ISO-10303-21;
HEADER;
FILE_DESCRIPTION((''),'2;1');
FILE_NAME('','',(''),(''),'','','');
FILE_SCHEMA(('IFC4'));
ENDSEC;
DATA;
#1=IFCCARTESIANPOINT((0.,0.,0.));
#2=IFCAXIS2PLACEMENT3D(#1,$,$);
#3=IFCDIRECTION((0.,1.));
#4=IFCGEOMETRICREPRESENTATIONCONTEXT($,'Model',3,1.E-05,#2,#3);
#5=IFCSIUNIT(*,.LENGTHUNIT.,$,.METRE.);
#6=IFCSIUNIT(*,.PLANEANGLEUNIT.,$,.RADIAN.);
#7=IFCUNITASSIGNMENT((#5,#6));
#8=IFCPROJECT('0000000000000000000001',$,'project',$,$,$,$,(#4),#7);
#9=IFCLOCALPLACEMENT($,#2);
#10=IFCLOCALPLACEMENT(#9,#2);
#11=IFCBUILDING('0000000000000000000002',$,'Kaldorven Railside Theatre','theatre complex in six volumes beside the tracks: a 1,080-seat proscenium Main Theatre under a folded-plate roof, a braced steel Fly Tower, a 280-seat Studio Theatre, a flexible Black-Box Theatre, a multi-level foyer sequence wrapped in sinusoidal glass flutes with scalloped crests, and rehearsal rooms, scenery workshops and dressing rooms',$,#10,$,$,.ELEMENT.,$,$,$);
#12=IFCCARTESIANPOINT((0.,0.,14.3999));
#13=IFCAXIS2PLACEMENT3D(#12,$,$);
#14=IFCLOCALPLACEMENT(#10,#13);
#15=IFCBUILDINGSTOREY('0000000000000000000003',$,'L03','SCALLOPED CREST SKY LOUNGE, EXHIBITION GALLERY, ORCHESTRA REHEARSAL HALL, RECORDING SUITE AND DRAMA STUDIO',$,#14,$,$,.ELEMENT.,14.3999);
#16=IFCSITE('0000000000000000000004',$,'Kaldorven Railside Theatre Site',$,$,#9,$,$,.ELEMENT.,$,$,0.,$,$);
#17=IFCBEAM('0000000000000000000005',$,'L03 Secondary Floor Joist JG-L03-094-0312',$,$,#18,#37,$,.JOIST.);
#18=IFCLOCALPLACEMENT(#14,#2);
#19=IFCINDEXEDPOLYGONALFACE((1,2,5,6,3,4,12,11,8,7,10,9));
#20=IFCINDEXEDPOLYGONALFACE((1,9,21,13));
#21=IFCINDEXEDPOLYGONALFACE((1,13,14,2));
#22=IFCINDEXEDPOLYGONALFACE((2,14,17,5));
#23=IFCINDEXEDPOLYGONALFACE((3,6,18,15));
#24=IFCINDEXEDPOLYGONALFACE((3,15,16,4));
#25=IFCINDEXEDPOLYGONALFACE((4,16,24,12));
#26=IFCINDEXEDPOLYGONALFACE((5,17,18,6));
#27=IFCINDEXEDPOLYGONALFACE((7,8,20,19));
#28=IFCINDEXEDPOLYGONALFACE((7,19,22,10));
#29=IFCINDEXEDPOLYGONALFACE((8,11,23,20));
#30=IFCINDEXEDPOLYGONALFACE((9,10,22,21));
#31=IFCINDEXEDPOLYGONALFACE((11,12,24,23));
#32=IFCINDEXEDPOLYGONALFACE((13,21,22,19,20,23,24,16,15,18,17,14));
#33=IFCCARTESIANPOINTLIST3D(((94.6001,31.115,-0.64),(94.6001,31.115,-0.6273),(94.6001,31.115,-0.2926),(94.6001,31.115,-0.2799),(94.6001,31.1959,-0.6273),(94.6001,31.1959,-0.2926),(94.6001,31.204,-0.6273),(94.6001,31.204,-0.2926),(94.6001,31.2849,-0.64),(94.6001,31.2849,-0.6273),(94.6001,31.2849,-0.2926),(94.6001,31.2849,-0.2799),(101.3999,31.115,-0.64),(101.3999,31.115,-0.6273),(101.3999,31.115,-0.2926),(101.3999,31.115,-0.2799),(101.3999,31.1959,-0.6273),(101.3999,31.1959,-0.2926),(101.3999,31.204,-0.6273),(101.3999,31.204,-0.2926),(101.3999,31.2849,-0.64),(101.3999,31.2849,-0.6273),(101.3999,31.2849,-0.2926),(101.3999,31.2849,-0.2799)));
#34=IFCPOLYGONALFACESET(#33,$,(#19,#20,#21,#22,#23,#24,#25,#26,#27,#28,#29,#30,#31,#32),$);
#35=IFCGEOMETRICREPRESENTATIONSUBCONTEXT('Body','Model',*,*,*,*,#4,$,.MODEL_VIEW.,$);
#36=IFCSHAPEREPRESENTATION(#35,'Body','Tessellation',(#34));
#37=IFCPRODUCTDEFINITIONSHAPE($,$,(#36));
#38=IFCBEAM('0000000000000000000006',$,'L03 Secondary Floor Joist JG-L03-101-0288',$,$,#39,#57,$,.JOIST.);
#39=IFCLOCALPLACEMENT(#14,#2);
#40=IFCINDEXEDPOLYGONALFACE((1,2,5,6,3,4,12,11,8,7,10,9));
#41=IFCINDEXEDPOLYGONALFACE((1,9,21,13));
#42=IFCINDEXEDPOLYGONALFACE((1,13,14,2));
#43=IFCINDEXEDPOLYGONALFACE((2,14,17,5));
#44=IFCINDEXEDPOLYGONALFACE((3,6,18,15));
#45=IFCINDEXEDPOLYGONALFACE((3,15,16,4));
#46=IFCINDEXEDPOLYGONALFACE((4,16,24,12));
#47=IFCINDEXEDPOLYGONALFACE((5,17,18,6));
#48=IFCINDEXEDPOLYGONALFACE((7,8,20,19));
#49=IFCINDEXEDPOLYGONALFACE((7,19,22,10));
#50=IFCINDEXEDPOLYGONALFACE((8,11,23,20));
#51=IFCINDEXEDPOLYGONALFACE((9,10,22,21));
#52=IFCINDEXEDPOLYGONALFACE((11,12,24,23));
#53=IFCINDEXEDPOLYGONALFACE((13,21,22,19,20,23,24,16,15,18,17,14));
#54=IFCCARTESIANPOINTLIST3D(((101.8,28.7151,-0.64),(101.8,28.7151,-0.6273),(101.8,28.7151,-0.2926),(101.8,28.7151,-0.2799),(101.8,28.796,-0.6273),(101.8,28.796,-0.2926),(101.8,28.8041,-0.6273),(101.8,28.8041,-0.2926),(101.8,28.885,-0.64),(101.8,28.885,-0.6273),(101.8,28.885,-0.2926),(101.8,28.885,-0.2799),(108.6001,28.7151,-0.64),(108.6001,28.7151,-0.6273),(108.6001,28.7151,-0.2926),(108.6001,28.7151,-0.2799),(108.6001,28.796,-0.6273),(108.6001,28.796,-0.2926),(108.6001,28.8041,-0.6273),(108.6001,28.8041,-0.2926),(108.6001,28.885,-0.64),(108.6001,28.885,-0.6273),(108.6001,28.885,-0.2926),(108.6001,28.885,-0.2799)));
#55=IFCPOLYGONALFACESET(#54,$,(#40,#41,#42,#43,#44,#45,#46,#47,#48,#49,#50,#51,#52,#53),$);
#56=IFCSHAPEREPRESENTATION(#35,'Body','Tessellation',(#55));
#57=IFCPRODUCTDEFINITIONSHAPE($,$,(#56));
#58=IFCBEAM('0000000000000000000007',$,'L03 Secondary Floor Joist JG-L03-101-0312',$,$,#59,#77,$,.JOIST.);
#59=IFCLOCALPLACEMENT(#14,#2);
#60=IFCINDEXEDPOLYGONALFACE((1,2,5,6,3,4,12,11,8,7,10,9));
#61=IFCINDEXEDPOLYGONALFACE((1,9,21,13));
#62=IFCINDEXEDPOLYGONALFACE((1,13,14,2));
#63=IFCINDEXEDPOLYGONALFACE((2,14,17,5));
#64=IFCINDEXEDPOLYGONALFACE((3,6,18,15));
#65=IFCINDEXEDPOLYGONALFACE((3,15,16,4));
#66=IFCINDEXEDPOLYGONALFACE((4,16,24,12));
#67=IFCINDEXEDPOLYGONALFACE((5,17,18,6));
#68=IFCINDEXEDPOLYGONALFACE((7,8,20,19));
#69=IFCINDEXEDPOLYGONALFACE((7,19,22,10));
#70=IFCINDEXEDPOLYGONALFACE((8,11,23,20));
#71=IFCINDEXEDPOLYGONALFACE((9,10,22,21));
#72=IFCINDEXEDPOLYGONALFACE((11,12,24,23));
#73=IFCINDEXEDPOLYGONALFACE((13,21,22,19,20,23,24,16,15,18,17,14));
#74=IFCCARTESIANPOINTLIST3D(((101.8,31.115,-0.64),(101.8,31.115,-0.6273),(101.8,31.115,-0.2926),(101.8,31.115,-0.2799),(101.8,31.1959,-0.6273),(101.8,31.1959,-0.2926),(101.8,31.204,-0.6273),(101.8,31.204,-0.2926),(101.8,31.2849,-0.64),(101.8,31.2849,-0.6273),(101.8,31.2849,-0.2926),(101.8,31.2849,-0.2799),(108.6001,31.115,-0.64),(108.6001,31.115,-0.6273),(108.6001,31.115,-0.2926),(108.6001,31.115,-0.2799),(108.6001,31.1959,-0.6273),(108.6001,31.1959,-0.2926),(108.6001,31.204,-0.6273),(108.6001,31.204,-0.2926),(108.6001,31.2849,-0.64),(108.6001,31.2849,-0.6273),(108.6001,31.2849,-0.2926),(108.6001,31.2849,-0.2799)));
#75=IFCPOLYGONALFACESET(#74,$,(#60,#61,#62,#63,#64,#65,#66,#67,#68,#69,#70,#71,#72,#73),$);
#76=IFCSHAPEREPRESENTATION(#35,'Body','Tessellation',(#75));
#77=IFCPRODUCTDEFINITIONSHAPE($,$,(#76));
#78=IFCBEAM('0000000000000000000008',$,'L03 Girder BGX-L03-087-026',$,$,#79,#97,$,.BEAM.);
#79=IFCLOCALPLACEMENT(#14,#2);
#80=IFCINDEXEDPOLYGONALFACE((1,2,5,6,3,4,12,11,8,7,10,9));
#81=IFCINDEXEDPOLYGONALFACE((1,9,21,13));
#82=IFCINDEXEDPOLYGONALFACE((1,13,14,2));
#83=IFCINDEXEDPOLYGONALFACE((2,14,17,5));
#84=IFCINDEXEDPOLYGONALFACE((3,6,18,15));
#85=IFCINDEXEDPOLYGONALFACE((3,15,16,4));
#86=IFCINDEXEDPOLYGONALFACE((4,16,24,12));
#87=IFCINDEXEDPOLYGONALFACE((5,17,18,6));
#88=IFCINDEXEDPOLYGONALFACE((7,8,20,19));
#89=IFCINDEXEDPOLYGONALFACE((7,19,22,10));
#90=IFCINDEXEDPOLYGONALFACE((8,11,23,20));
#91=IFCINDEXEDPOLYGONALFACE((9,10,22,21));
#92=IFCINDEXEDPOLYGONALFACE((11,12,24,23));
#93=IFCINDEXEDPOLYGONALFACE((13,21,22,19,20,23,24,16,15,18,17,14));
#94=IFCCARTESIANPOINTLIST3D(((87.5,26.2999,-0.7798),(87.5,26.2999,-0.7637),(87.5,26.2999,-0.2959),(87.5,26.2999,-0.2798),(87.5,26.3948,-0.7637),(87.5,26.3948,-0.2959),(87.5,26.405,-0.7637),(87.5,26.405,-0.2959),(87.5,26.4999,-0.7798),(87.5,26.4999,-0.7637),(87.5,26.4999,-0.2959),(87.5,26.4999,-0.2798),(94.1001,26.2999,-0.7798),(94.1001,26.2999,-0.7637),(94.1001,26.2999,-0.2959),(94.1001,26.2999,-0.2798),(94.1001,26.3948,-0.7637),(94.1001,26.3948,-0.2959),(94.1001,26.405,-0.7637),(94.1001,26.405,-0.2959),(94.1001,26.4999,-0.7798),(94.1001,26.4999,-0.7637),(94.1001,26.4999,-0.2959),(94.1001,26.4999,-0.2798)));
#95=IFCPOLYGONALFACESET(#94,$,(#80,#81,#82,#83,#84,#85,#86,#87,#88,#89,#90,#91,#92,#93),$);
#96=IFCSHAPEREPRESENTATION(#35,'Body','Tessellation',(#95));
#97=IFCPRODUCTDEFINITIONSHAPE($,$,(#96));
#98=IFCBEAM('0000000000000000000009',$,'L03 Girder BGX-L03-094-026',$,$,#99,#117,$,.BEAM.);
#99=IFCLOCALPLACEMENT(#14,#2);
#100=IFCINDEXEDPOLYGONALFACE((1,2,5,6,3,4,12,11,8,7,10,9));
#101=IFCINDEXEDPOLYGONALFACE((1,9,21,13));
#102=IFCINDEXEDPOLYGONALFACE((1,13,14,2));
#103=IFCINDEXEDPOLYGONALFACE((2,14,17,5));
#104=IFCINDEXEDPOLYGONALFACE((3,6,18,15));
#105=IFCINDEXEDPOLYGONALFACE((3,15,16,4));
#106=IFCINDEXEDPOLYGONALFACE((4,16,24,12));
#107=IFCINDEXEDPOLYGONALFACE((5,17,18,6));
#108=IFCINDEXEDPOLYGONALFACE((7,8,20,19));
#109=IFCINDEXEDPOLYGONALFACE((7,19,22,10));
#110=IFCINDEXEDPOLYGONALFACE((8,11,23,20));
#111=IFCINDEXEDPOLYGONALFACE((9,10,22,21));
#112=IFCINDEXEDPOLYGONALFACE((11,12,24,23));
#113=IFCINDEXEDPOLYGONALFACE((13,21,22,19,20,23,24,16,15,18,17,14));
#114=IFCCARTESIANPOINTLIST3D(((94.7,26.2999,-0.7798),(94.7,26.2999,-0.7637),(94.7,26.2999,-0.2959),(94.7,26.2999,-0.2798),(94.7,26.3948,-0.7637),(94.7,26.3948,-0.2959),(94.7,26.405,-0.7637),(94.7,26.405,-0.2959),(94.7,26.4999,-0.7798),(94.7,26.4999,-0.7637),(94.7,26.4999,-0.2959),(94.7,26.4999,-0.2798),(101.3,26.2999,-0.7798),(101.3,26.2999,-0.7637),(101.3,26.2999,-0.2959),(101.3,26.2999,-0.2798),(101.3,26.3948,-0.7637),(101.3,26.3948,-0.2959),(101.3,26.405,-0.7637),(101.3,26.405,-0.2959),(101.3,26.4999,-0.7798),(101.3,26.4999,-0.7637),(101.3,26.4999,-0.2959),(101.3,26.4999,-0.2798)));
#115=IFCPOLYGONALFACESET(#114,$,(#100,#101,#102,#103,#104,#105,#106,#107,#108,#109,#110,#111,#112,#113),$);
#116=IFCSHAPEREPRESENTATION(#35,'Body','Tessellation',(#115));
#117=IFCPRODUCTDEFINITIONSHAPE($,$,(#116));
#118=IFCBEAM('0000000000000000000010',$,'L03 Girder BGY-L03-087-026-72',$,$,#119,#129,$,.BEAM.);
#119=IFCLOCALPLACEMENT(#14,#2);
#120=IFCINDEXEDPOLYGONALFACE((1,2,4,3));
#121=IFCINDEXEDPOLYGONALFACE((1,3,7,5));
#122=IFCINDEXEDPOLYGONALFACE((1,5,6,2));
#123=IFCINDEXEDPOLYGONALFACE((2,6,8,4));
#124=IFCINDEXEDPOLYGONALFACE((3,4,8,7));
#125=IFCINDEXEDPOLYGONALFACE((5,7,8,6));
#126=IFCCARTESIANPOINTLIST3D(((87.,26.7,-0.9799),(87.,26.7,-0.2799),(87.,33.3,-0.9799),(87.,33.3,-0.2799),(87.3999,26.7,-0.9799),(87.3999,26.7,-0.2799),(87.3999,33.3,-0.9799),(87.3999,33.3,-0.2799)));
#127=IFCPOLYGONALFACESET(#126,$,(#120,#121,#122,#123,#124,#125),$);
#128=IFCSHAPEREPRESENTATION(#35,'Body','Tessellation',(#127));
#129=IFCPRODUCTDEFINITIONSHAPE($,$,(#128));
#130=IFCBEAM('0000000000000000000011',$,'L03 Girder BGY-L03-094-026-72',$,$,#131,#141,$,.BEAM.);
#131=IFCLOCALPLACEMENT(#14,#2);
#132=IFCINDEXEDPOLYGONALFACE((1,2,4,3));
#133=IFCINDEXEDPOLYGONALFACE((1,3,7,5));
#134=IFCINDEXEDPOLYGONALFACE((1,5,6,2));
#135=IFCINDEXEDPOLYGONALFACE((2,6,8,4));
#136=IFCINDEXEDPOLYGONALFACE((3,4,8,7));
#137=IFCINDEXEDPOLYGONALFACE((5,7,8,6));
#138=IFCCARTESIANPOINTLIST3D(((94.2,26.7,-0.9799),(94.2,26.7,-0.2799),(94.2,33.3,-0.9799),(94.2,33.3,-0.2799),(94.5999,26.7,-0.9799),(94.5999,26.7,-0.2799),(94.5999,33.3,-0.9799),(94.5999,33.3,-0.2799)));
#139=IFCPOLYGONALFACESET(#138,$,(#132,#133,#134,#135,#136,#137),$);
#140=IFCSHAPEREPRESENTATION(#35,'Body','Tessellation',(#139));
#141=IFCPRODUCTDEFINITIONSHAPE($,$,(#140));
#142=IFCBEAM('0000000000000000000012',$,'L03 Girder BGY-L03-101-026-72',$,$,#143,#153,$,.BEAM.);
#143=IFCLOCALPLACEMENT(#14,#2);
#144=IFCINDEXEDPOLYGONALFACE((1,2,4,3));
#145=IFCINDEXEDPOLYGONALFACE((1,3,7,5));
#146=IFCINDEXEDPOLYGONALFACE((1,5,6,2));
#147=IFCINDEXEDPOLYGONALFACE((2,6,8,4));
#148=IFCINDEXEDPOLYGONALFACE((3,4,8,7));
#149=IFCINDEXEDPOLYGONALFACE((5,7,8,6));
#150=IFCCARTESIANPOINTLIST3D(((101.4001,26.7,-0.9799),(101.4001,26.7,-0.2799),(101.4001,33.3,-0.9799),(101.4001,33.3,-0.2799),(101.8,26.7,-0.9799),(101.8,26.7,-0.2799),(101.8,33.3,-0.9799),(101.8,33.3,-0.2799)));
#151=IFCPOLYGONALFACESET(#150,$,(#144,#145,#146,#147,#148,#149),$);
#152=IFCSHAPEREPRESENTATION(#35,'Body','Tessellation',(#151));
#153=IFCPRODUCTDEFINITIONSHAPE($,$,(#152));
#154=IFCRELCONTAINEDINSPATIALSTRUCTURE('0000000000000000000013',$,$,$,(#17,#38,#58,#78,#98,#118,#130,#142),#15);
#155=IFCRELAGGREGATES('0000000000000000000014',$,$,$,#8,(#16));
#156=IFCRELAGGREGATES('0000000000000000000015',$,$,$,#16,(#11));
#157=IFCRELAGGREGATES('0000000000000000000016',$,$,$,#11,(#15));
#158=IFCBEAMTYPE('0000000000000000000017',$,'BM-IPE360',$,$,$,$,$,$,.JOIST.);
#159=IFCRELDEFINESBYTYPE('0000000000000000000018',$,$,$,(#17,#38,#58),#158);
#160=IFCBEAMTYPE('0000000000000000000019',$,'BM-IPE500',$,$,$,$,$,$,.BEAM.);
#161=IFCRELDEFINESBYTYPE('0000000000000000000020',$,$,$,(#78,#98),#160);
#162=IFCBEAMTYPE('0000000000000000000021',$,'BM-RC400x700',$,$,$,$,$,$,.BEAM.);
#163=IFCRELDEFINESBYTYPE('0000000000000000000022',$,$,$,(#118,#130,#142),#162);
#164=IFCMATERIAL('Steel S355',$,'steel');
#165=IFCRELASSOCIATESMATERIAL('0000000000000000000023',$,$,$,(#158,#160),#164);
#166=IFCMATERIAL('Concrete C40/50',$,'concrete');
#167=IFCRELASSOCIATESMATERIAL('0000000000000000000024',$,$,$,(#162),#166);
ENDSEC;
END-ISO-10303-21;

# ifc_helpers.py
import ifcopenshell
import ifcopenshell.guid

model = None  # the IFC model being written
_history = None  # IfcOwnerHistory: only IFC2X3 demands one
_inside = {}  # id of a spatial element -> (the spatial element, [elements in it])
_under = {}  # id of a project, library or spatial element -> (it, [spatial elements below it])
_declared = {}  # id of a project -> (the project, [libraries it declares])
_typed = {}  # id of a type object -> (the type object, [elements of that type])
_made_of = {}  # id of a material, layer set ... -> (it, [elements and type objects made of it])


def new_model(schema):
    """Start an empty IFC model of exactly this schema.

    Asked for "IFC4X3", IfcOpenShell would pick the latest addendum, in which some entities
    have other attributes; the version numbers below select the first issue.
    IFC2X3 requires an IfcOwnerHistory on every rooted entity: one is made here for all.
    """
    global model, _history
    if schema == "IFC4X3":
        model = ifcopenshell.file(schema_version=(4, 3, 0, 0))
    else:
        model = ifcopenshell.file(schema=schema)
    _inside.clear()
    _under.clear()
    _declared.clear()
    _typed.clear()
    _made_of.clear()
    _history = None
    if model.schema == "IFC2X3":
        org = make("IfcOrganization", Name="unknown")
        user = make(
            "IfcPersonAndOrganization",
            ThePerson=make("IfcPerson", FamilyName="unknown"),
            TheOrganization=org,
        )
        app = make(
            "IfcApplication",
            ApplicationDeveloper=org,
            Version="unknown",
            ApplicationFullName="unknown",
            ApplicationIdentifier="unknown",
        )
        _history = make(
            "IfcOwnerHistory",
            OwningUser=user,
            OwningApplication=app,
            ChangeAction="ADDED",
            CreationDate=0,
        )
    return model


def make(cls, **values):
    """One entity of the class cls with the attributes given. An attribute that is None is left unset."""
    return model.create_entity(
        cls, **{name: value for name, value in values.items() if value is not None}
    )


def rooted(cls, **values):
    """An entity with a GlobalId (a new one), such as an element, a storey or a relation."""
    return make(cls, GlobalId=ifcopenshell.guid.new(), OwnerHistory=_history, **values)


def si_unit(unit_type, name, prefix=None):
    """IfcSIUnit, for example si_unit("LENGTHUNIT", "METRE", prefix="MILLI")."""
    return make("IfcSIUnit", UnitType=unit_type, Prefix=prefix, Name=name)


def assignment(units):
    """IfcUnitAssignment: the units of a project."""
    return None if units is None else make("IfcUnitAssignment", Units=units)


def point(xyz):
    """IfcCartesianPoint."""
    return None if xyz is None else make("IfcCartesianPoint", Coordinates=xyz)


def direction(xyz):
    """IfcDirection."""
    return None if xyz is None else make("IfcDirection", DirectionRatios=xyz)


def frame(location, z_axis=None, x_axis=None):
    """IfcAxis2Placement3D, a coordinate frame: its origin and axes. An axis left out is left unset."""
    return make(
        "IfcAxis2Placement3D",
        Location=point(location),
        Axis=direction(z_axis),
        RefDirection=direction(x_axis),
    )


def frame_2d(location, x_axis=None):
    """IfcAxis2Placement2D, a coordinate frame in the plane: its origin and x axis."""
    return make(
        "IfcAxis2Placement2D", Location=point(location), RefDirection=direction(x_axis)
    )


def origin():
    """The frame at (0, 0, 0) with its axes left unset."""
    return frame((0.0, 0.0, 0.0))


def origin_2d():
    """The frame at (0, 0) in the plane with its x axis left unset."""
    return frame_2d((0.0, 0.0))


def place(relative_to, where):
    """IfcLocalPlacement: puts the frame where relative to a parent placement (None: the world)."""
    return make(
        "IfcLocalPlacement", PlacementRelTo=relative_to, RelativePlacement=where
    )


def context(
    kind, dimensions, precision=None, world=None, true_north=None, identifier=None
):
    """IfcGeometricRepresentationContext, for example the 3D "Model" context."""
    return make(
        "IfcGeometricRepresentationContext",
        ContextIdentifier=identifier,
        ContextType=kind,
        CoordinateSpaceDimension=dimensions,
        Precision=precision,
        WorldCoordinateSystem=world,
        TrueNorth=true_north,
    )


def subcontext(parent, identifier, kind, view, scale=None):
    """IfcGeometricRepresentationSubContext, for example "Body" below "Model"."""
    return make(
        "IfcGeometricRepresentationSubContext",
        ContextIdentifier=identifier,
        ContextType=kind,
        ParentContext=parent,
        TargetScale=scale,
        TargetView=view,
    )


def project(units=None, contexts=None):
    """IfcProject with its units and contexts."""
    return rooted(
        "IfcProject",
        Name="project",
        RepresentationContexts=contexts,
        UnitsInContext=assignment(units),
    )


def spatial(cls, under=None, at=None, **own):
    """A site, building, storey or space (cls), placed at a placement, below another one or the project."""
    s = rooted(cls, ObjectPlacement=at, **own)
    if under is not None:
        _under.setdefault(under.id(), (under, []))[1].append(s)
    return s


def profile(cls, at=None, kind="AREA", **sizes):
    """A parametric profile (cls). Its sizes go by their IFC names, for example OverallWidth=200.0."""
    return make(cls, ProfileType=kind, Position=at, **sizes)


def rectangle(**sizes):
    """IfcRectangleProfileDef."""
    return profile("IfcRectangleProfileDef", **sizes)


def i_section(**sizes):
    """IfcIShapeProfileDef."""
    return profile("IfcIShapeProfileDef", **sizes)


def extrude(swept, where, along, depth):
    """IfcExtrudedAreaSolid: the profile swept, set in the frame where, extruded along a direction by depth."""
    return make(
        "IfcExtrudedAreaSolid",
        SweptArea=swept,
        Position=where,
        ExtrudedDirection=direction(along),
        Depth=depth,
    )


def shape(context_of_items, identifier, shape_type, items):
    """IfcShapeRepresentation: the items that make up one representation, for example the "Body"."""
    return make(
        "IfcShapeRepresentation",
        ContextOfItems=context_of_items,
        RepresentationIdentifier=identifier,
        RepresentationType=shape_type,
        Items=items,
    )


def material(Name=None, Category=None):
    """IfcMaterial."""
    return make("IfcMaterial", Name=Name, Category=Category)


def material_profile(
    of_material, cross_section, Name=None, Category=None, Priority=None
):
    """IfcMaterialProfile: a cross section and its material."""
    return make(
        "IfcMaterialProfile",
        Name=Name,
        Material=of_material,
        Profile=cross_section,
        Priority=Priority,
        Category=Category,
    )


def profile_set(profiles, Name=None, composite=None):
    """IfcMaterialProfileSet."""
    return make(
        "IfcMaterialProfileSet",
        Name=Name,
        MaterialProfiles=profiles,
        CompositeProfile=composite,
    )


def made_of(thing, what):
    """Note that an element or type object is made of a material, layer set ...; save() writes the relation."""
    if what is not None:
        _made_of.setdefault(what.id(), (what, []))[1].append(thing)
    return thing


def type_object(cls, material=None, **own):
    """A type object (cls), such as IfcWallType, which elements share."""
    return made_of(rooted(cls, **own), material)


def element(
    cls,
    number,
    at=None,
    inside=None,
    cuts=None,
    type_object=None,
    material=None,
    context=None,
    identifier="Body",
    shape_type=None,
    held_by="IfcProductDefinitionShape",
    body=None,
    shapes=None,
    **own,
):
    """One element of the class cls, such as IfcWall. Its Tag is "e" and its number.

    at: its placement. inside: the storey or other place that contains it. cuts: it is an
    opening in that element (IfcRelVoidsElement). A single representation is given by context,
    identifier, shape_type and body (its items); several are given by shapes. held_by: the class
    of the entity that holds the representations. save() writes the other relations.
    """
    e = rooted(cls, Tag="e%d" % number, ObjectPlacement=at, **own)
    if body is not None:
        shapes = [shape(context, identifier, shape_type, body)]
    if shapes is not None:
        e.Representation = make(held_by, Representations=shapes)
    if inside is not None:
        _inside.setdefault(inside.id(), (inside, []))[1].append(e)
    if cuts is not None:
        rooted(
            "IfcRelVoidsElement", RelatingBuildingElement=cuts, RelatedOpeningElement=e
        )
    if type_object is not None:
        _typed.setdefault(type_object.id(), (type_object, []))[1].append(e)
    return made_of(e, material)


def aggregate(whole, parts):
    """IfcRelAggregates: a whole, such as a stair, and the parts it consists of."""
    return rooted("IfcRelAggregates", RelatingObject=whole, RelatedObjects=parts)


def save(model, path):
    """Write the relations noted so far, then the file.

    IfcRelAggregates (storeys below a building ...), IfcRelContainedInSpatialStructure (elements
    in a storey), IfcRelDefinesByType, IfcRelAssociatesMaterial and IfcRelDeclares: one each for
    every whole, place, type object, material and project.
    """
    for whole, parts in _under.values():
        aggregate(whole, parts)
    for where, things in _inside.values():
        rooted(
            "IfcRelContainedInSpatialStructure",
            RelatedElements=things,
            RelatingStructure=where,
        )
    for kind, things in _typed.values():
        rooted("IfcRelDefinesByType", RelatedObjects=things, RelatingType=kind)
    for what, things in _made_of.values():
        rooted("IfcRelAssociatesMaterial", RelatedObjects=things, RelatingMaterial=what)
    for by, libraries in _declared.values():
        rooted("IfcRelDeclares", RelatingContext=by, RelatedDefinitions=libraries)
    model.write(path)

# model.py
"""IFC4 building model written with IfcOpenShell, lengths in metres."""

from ifc_helpers import new_model, si_unit, direction, frame, origin, origin_2d, place, context, subcontext, project, spatial, rectangle, i_section, extrude, material, material_profile, profile_set, type_object, element, save


model = new_model("IFC4")

# Units and contexts
model_context = context("Model", 3, precision=1e-05, world=origin(), true_north=direction((0.0, 1.0)))
body_context = subcontext(model_context, "Body", "Model", "MODEL_VIEW")
ifc_project = project(units=[si_unit("LENGTHUNIT", "METRE"), si_unit("PLANEANGLEUNIT", "RADIAN")], contexts=[model_context])

# Site, building, storey
site_placement = place(None, origin())
site = spatial("IfcSite", under=ifc_project, at=site_placement, Name="Kaldorven Railside Theatre Site", CompositionType="ELEMENT", RefElevation=0.0)
building_placement = place(site_placement, origin())
building = spatial("IfcBuilding", under=site, at=building_placement, Name="Kaldorven Railside Theatre", Description="theatre complex in six volumes beside the tracks: a 1,080-seat proscenium Main Theatre under a folded-plate roof, a braced steel Fly Tower, a 280-seat Studio Theatre, a flexible Black-Box Theatre, a multi-level foyer sequence wrapped in sinusoidal glass flutes with scalloped crests, and rehearsal rooms, scenery workshops and dressing rooms", CompositionType="ELEMENT")
storey_placement = place(building_placement, frame((0.0, 0.0, 14.3999)))
storey = spatial("IfcBuildingStorey", under=building, at=storey_placement, Name="L03", Description="SCALLOPED CREST SKY LOUNGE, EXHIBITION GALLERY, ORCHESTRA REHEARSAL HALL, RECORDING SUITE AND DRAMA STUDIO", CompositionType="ELEMENT", Elevation=14.3999)

# Shared definitions
ifc_material_1 = material(Name="Concrete C40/50", Category="concrete")

# Beams
ifc_material_2 = material(Name="Steel S355", Category="steel")
ifc_material_profile_1 = material_profile(ifc_material_2, i_section(OverallWidth=0.1699, OverallDepth=0.3601, WebThickness=0.0081, FlangeThickness=0.0127, at=origin_2d()), Name="IPE 360")
ifc_profile_set_1 = profile_set([ifc_material_profile_1], Name="Steel S355")
beam_type_1 = type_object("IfcBeamType", Name="BM-IPE360", PredefinedType="JOIST", material=ifc_profile_set_1)
for number, where, z_axis, x_axis, name in (
    (1, (94.6001, 31.2, -0.46), (1.0, 0.0, 0.0), (0.0, 1.0, 0.0), "L03 Secondary Floor Joist JG-L03-094-0312"),
):
    element("IfcBeam", number, at=place(storey_placement, frame(where, z_axis=z_axis, x_axis=x_axis)), inside=storey, type_object=beam_type_1, Name=name, PredefinedType="JOIST", context=body_context, shape_type="SweptSolid", body=[
        extrude(i_section(OverallWidth=0.1699, OverallDepth=0.3601, WebThickness=0.0081, FlangeThickness=0.0127, at=origin_2d()), origin(), (0.0, 0.0, 1.0), 6.7998),
    ])
for number, where, z_axis, x_axis, name in (
    (2, (101.8, 28.8, -0.46), (1.0, 0.0, 0.0), (0.0, 1.0, 0.0), "L03 Secondary Floor Joist JG-L03-101-0288"),
    (3, (101.8, 31.2, -0.46), (1.0, 0.0, 0.0), (0.0, 1.0, 0.0), "L03 Secondary Floor Joist JG-L03-101-0312"),
):
    element("IfcBeam", number, at=place(storey_placement, frame(where, z_axis=z_axis, x_axis=x_axis)), inside=storey, type_object=beam_type_1, Name=name, PredefinedType="JOIST", context=body_context, shape_type="SweptSolid", body=[
        extrude(i_section(OverallWidth=0.1699, OverallDepth=0.3601, WebThickness=0.0081, FlangeThickness=0.0127, at=origin_2d()), origin(), (0.0, 0.0, 1.0), 6.8),
    ])
ifc_material_profile_2 = material_profile(ifc_material_2, i_section(OverallWidth=0.2, OverallDepth=0.5, WebThickness=0.0103, FlangeThickness=0.0161, at=origin_2d()), Name="IPE 500")
ifc_profile_set_2 = profile_set([ifc_material_profile_2], Name="Steel S355")
beam_type_2 = type_object("IfcBeamType", Name="BM-IPE500", PredefinedType="BEAM", material=ifc_profile_set_2)
for number, where, z_axis, x_axis, name in (
    (4, (87.5, 26.3999, -0.5298), (1.0, 0.0, 0.0), (0.0, 1.0, 0.0), "L03 Girder BGX-L03-087-026"),
    (5, (94.7, 26.3999, -0.5298), (1.0, 0.0, 0.0), (0.0, 1.0, 0.0), "L03 Girder BGX-L03-094-026"),
):
    element("IfcBeam", number, at=place(storey_placement, frame(where, z_axis=z_axis, x_axis=x_axis)), inside=storey, type_object=beam_type_2, Name=name, PredefinedType="BEAM", context=body_context, shape_type="SweptSolid", body=[
        extrude(i_section(OverallWidth=0.2, OverallDepth=0.5, WebThickness=0.0103, FlangeThickness=0.0161, at=origin_2d()), origin(), (0.0, 0.0, 1.0), 6.6001),
    ])
ifc_material_profile_3 = material_profile(ifc_material_1, rectangle(XDim=0.3999, YDim=0.7, at=origin_2d()), Name="RC 400x700")
ifc_profile_set_3 = profile_set([ifc_material_profile_3], Name="Concrete C40/50")
beam_type_3 = type_object("IfcBeamType", Name="BM-RC400x700", PredefinedType="BEAM", material=ifc_profile_set_3)
for number, where, z_axis, x_axis, name in (
    (6, (87.2, 26.7, -0.6299), (0.0, 1.0, 0.0), (-1.0, 0.0, 0.0), "L03 Girder BGY-L03-087-026-72"),
    (7, (94.3999, 26.7, -0.6299), (0.0, 1.0, 0.0), (-1.0, 0.0, 0.0), "L03 Girder BGY-L03-094-026-72"),
    (8, (101.6001, 26.7, -0.6299), (0.0, 1.0, 0.0), (-1.0, 0.0, 0.0), "L03 Girder BGY-L03-101-026-72"),
):
    element("IfcBeam", number, at=place(storey_placement, frame(where, z_axis=z_axis, x_axis=x_axis)), inside=storey, type_object=beam_type_3, Name=name, PredefinedType="BEAM", context=body_context, shape_type="SweptSolid", body=[
        extrude(rectangle(XDim=0.3999, YDim=0.7, at=origin_2d()), origin(), (0.0, 0.0, 1.0), 6.6001),
    ])

save(model, "model.ifc")
